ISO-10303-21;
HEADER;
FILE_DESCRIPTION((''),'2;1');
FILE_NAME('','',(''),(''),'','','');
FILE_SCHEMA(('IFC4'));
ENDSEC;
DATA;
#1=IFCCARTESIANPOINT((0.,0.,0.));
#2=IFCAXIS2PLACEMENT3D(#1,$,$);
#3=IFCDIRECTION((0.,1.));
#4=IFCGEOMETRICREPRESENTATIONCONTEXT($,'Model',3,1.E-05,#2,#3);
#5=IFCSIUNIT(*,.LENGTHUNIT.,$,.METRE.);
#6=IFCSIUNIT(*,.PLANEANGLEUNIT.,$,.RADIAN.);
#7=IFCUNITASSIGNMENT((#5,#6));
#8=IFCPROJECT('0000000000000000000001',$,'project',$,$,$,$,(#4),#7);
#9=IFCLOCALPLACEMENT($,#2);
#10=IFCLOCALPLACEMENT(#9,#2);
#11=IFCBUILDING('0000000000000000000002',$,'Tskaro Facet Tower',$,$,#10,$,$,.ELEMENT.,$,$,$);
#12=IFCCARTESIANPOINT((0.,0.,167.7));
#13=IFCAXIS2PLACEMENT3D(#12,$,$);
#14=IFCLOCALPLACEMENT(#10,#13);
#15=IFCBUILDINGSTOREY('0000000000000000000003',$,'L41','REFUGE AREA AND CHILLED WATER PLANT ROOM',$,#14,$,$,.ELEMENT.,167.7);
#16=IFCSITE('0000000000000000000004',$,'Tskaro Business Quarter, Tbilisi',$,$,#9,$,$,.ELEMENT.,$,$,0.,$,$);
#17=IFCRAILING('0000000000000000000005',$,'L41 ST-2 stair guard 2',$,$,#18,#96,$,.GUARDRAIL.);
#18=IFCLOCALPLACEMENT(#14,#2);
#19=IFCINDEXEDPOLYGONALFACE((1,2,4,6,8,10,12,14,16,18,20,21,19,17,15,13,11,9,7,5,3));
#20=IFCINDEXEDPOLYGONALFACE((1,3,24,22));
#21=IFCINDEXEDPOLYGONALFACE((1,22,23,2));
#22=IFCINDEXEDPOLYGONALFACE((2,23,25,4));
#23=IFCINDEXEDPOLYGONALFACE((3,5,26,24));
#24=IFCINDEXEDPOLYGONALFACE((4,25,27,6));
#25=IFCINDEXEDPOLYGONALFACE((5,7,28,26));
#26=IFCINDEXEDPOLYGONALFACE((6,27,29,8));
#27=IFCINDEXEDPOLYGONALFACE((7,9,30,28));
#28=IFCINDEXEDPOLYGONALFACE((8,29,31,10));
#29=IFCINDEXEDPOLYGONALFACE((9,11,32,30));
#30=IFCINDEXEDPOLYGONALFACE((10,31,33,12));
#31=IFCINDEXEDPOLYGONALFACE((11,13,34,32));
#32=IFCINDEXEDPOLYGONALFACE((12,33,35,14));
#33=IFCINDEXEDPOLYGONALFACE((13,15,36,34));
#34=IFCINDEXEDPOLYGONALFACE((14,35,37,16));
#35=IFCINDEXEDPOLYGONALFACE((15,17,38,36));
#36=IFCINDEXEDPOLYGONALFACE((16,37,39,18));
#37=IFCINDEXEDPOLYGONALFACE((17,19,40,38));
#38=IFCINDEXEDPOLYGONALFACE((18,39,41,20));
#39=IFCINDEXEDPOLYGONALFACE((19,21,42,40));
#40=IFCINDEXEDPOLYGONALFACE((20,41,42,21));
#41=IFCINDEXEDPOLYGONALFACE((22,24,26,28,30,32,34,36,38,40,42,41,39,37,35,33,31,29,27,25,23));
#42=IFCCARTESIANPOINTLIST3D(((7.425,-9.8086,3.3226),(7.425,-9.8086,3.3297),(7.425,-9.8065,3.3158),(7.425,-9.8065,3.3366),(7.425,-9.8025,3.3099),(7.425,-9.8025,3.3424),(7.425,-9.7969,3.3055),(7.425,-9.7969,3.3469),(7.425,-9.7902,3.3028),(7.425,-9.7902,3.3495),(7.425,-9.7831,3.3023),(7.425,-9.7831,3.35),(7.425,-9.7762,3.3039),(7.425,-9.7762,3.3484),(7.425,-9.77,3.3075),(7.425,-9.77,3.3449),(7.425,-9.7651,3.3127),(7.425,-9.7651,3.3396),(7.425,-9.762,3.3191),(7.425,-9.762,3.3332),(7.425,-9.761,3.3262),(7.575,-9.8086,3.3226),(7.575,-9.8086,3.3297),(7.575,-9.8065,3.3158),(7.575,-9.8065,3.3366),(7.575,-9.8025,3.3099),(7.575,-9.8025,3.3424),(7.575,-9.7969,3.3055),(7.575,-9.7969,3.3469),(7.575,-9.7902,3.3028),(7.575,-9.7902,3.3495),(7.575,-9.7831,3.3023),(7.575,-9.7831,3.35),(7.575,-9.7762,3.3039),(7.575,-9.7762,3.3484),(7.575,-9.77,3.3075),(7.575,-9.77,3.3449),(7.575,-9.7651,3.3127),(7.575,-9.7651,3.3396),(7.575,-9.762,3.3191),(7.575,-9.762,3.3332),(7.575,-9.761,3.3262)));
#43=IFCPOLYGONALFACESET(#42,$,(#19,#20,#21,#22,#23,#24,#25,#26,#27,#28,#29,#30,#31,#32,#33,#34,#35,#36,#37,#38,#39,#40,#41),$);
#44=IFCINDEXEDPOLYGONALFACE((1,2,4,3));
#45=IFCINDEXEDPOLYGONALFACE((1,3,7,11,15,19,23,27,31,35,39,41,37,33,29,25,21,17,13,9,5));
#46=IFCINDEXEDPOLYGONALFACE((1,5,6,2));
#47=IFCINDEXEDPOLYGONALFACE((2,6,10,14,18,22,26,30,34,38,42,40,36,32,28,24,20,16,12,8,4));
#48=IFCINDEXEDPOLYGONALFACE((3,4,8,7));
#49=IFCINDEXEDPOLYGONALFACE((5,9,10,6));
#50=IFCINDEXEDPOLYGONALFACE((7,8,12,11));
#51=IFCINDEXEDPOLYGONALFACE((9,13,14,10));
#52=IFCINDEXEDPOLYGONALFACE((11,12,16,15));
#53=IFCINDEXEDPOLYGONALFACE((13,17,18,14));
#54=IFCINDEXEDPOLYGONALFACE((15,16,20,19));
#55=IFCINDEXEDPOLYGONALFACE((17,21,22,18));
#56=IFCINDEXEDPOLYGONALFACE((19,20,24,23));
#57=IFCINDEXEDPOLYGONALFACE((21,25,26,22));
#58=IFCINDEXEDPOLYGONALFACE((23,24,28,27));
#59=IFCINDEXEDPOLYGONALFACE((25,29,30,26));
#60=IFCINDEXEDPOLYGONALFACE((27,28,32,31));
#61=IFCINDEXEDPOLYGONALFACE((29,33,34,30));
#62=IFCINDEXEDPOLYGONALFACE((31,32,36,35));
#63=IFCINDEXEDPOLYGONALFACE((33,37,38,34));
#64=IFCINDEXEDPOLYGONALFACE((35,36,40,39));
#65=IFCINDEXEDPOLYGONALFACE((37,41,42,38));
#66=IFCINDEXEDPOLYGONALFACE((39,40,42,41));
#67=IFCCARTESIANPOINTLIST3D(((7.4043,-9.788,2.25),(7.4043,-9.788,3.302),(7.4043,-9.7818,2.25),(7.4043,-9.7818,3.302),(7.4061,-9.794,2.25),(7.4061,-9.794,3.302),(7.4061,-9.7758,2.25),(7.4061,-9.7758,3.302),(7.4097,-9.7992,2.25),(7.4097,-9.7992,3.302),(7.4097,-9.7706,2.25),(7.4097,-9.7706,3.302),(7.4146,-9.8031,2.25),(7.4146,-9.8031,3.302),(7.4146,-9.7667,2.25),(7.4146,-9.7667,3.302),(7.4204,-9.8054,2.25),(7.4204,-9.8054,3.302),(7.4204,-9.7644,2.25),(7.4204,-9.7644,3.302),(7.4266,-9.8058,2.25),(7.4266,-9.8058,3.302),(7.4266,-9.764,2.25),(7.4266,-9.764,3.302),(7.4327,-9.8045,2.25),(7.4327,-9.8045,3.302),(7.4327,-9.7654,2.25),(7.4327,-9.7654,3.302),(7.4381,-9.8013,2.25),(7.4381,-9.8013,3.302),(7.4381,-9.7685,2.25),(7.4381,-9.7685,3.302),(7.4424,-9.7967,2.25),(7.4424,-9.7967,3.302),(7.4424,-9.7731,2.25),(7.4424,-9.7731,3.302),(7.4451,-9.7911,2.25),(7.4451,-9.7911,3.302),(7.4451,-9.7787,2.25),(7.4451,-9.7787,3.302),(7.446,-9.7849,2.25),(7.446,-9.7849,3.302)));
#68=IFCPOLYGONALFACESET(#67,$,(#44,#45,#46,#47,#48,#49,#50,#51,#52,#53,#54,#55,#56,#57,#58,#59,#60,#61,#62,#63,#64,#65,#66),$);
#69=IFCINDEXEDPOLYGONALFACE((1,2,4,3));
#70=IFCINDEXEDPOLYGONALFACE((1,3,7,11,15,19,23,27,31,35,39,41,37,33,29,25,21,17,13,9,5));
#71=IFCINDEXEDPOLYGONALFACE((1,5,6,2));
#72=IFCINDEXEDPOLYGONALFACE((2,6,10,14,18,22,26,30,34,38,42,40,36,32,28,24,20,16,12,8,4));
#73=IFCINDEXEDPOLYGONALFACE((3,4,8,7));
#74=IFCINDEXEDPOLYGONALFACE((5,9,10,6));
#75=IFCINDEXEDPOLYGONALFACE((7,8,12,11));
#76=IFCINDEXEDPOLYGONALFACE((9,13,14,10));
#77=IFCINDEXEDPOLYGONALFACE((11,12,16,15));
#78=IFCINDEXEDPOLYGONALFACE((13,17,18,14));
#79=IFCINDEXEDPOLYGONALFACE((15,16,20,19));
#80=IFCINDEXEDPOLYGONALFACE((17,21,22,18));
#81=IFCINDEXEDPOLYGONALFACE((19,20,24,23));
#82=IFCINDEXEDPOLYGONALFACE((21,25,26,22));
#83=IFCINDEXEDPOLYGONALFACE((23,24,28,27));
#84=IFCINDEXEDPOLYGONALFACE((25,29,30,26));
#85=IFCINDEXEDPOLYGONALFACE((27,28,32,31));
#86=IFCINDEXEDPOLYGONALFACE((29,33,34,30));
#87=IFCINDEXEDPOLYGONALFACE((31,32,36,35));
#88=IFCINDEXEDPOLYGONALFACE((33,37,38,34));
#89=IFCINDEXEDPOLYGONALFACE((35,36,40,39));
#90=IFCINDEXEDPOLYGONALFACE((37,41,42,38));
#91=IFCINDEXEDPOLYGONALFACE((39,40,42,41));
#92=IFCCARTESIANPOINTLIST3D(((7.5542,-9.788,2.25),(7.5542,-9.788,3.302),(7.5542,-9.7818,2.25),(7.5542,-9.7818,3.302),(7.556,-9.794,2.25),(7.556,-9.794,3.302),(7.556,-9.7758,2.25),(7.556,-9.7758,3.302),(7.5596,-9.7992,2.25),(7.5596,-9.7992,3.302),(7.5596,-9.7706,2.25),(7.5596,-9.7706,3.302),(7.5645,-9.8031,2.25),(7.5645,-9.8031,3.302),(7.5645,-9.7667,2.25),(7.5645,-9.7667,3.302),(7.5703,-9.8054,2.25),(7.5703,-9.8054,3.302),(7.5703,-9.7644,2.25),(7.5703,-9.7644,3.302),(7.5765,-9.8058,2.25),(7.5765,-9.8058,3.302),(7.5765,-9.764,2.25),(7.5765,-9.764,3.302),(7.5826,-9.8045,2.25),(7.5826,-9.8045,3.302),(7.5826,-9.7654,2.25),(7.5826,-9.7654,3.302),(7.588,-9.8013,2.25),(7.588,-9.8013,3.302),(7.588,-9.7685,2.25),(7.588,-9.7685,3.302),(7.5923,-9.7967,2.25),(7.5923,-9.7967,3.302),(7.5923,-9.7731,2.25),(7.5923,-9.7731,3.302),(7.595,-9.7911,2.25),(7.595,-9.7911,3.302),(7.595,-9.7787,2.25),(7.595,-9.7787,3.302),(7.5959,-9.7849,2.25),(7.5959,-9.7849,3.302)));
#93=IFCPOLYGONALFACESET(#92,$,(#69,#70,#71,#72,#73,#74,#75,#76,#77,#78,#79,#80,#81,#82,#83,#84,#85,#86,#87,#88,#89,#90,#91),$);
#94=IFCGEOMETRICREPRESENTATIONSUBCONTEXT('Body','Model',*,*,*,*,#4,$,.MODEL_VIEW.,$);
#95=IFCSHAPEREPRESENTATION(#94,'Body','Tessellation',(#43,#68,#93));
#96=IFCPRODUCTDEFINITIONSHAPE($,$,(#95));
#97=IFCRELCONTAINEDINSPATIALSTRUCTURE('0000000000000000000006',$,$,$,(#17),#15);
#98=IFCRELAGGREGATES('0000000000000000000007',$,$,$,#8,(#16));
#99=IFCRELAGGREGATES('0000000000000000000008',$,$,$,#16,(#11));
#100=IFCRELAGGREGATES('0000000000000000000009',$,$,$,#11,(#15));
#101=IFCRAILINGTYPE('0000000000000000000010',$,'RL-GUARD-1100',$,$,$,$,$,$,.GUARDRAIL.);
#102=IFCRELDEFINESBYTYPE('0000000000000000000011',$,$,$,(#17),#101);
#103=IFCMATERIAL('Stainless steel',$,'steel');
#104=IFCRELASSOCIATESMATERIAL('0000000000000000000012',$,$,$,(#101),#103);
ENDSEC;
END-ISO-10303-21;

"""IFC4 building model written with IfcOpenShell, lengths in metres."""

from ifc_helpers import new_model, si_unit, direction, frame, origin, origin_2d, place, context, subcontext, project, spatial, circle, extrude, material, type_object, element, save


model = new_model("IFC4")

# Units and contexts
model_context = context("Model", 3, precision=1e-05, world=origin(), true_north=direction((0.0, 1.0)))
body_context = subcontext(model_context, "Body", "Model", "MODEL_VIEW")
ifc_project = project(units=[si_unit("LENGTHUNIT", "METRE"), si_unit("PLANEANGLEUNIT", "RADIAN")], contexts=[model_context])

# Site, building, storey
site_placement = place(None, origin())
site = spatial("IfcSite", under=ifc_project, at=site_placement, Name="Tskaro Business Quarter, Tbilisi", CompositionType="ELEMENT", RefElevation=0.0)
building_placement = place(site_placement, origin())
building = spatial("IfcBuilding", under=site, at=building_placement, Name="Tskaro Facet Tower", CompositionType="ELEMENT")
storey_placement = place(building_placement, frame((0.0, 0.0, 167.7)))
storey = spatial("IfcBuildingStorey", under=building, at=storey_placement, Name="L41", Description="REFUGE AREA AND CHILLED WATER PLANT ROOM", CompositionType="ELEMENT", Elevation=167.7)

# Railing
ifc_material_1 = material(Name="Stainless steel", Category="steel")
railing_type_1 = type_object("IfcRailingType", Name="RL-GUARD-1100", PredefinedType="GUARDRAIL", material=ifc_material_1)
railing_1_placement = place(storey_placement, frame((7.425, -9.7849, 2.25)))
element("IfcRailing", 1, at=railing_1_placement, inside=storey, type_object=railing_type_1, Name="L41 ST-2 stair guard 2", PredefinedType="GUARDRAIL", context=body_context, shape_type="SweptSolid", body=[
    extrude(circle(Radius=0.0239, at=origin_2d()), frame((0.0, 0.0, 1.0762), z_axis=(1.0, 0.0, 0.0), x_axis=(0.0, 1.0, 0.0)), (0.0, 0.0, 1.0), 0.1499),
    extrude(circle(Radius=0.021, at=origin_2d()), origin(), (0.0, 0.0, 1.0), 1.052),
    extrude(circle(Radius=0.021, at=origin_2d()), frame((0.1499, 0.0, 0.0)), (0.0, 0.0, 1.0), 1.052),
])

save(model, "model.ifc")
